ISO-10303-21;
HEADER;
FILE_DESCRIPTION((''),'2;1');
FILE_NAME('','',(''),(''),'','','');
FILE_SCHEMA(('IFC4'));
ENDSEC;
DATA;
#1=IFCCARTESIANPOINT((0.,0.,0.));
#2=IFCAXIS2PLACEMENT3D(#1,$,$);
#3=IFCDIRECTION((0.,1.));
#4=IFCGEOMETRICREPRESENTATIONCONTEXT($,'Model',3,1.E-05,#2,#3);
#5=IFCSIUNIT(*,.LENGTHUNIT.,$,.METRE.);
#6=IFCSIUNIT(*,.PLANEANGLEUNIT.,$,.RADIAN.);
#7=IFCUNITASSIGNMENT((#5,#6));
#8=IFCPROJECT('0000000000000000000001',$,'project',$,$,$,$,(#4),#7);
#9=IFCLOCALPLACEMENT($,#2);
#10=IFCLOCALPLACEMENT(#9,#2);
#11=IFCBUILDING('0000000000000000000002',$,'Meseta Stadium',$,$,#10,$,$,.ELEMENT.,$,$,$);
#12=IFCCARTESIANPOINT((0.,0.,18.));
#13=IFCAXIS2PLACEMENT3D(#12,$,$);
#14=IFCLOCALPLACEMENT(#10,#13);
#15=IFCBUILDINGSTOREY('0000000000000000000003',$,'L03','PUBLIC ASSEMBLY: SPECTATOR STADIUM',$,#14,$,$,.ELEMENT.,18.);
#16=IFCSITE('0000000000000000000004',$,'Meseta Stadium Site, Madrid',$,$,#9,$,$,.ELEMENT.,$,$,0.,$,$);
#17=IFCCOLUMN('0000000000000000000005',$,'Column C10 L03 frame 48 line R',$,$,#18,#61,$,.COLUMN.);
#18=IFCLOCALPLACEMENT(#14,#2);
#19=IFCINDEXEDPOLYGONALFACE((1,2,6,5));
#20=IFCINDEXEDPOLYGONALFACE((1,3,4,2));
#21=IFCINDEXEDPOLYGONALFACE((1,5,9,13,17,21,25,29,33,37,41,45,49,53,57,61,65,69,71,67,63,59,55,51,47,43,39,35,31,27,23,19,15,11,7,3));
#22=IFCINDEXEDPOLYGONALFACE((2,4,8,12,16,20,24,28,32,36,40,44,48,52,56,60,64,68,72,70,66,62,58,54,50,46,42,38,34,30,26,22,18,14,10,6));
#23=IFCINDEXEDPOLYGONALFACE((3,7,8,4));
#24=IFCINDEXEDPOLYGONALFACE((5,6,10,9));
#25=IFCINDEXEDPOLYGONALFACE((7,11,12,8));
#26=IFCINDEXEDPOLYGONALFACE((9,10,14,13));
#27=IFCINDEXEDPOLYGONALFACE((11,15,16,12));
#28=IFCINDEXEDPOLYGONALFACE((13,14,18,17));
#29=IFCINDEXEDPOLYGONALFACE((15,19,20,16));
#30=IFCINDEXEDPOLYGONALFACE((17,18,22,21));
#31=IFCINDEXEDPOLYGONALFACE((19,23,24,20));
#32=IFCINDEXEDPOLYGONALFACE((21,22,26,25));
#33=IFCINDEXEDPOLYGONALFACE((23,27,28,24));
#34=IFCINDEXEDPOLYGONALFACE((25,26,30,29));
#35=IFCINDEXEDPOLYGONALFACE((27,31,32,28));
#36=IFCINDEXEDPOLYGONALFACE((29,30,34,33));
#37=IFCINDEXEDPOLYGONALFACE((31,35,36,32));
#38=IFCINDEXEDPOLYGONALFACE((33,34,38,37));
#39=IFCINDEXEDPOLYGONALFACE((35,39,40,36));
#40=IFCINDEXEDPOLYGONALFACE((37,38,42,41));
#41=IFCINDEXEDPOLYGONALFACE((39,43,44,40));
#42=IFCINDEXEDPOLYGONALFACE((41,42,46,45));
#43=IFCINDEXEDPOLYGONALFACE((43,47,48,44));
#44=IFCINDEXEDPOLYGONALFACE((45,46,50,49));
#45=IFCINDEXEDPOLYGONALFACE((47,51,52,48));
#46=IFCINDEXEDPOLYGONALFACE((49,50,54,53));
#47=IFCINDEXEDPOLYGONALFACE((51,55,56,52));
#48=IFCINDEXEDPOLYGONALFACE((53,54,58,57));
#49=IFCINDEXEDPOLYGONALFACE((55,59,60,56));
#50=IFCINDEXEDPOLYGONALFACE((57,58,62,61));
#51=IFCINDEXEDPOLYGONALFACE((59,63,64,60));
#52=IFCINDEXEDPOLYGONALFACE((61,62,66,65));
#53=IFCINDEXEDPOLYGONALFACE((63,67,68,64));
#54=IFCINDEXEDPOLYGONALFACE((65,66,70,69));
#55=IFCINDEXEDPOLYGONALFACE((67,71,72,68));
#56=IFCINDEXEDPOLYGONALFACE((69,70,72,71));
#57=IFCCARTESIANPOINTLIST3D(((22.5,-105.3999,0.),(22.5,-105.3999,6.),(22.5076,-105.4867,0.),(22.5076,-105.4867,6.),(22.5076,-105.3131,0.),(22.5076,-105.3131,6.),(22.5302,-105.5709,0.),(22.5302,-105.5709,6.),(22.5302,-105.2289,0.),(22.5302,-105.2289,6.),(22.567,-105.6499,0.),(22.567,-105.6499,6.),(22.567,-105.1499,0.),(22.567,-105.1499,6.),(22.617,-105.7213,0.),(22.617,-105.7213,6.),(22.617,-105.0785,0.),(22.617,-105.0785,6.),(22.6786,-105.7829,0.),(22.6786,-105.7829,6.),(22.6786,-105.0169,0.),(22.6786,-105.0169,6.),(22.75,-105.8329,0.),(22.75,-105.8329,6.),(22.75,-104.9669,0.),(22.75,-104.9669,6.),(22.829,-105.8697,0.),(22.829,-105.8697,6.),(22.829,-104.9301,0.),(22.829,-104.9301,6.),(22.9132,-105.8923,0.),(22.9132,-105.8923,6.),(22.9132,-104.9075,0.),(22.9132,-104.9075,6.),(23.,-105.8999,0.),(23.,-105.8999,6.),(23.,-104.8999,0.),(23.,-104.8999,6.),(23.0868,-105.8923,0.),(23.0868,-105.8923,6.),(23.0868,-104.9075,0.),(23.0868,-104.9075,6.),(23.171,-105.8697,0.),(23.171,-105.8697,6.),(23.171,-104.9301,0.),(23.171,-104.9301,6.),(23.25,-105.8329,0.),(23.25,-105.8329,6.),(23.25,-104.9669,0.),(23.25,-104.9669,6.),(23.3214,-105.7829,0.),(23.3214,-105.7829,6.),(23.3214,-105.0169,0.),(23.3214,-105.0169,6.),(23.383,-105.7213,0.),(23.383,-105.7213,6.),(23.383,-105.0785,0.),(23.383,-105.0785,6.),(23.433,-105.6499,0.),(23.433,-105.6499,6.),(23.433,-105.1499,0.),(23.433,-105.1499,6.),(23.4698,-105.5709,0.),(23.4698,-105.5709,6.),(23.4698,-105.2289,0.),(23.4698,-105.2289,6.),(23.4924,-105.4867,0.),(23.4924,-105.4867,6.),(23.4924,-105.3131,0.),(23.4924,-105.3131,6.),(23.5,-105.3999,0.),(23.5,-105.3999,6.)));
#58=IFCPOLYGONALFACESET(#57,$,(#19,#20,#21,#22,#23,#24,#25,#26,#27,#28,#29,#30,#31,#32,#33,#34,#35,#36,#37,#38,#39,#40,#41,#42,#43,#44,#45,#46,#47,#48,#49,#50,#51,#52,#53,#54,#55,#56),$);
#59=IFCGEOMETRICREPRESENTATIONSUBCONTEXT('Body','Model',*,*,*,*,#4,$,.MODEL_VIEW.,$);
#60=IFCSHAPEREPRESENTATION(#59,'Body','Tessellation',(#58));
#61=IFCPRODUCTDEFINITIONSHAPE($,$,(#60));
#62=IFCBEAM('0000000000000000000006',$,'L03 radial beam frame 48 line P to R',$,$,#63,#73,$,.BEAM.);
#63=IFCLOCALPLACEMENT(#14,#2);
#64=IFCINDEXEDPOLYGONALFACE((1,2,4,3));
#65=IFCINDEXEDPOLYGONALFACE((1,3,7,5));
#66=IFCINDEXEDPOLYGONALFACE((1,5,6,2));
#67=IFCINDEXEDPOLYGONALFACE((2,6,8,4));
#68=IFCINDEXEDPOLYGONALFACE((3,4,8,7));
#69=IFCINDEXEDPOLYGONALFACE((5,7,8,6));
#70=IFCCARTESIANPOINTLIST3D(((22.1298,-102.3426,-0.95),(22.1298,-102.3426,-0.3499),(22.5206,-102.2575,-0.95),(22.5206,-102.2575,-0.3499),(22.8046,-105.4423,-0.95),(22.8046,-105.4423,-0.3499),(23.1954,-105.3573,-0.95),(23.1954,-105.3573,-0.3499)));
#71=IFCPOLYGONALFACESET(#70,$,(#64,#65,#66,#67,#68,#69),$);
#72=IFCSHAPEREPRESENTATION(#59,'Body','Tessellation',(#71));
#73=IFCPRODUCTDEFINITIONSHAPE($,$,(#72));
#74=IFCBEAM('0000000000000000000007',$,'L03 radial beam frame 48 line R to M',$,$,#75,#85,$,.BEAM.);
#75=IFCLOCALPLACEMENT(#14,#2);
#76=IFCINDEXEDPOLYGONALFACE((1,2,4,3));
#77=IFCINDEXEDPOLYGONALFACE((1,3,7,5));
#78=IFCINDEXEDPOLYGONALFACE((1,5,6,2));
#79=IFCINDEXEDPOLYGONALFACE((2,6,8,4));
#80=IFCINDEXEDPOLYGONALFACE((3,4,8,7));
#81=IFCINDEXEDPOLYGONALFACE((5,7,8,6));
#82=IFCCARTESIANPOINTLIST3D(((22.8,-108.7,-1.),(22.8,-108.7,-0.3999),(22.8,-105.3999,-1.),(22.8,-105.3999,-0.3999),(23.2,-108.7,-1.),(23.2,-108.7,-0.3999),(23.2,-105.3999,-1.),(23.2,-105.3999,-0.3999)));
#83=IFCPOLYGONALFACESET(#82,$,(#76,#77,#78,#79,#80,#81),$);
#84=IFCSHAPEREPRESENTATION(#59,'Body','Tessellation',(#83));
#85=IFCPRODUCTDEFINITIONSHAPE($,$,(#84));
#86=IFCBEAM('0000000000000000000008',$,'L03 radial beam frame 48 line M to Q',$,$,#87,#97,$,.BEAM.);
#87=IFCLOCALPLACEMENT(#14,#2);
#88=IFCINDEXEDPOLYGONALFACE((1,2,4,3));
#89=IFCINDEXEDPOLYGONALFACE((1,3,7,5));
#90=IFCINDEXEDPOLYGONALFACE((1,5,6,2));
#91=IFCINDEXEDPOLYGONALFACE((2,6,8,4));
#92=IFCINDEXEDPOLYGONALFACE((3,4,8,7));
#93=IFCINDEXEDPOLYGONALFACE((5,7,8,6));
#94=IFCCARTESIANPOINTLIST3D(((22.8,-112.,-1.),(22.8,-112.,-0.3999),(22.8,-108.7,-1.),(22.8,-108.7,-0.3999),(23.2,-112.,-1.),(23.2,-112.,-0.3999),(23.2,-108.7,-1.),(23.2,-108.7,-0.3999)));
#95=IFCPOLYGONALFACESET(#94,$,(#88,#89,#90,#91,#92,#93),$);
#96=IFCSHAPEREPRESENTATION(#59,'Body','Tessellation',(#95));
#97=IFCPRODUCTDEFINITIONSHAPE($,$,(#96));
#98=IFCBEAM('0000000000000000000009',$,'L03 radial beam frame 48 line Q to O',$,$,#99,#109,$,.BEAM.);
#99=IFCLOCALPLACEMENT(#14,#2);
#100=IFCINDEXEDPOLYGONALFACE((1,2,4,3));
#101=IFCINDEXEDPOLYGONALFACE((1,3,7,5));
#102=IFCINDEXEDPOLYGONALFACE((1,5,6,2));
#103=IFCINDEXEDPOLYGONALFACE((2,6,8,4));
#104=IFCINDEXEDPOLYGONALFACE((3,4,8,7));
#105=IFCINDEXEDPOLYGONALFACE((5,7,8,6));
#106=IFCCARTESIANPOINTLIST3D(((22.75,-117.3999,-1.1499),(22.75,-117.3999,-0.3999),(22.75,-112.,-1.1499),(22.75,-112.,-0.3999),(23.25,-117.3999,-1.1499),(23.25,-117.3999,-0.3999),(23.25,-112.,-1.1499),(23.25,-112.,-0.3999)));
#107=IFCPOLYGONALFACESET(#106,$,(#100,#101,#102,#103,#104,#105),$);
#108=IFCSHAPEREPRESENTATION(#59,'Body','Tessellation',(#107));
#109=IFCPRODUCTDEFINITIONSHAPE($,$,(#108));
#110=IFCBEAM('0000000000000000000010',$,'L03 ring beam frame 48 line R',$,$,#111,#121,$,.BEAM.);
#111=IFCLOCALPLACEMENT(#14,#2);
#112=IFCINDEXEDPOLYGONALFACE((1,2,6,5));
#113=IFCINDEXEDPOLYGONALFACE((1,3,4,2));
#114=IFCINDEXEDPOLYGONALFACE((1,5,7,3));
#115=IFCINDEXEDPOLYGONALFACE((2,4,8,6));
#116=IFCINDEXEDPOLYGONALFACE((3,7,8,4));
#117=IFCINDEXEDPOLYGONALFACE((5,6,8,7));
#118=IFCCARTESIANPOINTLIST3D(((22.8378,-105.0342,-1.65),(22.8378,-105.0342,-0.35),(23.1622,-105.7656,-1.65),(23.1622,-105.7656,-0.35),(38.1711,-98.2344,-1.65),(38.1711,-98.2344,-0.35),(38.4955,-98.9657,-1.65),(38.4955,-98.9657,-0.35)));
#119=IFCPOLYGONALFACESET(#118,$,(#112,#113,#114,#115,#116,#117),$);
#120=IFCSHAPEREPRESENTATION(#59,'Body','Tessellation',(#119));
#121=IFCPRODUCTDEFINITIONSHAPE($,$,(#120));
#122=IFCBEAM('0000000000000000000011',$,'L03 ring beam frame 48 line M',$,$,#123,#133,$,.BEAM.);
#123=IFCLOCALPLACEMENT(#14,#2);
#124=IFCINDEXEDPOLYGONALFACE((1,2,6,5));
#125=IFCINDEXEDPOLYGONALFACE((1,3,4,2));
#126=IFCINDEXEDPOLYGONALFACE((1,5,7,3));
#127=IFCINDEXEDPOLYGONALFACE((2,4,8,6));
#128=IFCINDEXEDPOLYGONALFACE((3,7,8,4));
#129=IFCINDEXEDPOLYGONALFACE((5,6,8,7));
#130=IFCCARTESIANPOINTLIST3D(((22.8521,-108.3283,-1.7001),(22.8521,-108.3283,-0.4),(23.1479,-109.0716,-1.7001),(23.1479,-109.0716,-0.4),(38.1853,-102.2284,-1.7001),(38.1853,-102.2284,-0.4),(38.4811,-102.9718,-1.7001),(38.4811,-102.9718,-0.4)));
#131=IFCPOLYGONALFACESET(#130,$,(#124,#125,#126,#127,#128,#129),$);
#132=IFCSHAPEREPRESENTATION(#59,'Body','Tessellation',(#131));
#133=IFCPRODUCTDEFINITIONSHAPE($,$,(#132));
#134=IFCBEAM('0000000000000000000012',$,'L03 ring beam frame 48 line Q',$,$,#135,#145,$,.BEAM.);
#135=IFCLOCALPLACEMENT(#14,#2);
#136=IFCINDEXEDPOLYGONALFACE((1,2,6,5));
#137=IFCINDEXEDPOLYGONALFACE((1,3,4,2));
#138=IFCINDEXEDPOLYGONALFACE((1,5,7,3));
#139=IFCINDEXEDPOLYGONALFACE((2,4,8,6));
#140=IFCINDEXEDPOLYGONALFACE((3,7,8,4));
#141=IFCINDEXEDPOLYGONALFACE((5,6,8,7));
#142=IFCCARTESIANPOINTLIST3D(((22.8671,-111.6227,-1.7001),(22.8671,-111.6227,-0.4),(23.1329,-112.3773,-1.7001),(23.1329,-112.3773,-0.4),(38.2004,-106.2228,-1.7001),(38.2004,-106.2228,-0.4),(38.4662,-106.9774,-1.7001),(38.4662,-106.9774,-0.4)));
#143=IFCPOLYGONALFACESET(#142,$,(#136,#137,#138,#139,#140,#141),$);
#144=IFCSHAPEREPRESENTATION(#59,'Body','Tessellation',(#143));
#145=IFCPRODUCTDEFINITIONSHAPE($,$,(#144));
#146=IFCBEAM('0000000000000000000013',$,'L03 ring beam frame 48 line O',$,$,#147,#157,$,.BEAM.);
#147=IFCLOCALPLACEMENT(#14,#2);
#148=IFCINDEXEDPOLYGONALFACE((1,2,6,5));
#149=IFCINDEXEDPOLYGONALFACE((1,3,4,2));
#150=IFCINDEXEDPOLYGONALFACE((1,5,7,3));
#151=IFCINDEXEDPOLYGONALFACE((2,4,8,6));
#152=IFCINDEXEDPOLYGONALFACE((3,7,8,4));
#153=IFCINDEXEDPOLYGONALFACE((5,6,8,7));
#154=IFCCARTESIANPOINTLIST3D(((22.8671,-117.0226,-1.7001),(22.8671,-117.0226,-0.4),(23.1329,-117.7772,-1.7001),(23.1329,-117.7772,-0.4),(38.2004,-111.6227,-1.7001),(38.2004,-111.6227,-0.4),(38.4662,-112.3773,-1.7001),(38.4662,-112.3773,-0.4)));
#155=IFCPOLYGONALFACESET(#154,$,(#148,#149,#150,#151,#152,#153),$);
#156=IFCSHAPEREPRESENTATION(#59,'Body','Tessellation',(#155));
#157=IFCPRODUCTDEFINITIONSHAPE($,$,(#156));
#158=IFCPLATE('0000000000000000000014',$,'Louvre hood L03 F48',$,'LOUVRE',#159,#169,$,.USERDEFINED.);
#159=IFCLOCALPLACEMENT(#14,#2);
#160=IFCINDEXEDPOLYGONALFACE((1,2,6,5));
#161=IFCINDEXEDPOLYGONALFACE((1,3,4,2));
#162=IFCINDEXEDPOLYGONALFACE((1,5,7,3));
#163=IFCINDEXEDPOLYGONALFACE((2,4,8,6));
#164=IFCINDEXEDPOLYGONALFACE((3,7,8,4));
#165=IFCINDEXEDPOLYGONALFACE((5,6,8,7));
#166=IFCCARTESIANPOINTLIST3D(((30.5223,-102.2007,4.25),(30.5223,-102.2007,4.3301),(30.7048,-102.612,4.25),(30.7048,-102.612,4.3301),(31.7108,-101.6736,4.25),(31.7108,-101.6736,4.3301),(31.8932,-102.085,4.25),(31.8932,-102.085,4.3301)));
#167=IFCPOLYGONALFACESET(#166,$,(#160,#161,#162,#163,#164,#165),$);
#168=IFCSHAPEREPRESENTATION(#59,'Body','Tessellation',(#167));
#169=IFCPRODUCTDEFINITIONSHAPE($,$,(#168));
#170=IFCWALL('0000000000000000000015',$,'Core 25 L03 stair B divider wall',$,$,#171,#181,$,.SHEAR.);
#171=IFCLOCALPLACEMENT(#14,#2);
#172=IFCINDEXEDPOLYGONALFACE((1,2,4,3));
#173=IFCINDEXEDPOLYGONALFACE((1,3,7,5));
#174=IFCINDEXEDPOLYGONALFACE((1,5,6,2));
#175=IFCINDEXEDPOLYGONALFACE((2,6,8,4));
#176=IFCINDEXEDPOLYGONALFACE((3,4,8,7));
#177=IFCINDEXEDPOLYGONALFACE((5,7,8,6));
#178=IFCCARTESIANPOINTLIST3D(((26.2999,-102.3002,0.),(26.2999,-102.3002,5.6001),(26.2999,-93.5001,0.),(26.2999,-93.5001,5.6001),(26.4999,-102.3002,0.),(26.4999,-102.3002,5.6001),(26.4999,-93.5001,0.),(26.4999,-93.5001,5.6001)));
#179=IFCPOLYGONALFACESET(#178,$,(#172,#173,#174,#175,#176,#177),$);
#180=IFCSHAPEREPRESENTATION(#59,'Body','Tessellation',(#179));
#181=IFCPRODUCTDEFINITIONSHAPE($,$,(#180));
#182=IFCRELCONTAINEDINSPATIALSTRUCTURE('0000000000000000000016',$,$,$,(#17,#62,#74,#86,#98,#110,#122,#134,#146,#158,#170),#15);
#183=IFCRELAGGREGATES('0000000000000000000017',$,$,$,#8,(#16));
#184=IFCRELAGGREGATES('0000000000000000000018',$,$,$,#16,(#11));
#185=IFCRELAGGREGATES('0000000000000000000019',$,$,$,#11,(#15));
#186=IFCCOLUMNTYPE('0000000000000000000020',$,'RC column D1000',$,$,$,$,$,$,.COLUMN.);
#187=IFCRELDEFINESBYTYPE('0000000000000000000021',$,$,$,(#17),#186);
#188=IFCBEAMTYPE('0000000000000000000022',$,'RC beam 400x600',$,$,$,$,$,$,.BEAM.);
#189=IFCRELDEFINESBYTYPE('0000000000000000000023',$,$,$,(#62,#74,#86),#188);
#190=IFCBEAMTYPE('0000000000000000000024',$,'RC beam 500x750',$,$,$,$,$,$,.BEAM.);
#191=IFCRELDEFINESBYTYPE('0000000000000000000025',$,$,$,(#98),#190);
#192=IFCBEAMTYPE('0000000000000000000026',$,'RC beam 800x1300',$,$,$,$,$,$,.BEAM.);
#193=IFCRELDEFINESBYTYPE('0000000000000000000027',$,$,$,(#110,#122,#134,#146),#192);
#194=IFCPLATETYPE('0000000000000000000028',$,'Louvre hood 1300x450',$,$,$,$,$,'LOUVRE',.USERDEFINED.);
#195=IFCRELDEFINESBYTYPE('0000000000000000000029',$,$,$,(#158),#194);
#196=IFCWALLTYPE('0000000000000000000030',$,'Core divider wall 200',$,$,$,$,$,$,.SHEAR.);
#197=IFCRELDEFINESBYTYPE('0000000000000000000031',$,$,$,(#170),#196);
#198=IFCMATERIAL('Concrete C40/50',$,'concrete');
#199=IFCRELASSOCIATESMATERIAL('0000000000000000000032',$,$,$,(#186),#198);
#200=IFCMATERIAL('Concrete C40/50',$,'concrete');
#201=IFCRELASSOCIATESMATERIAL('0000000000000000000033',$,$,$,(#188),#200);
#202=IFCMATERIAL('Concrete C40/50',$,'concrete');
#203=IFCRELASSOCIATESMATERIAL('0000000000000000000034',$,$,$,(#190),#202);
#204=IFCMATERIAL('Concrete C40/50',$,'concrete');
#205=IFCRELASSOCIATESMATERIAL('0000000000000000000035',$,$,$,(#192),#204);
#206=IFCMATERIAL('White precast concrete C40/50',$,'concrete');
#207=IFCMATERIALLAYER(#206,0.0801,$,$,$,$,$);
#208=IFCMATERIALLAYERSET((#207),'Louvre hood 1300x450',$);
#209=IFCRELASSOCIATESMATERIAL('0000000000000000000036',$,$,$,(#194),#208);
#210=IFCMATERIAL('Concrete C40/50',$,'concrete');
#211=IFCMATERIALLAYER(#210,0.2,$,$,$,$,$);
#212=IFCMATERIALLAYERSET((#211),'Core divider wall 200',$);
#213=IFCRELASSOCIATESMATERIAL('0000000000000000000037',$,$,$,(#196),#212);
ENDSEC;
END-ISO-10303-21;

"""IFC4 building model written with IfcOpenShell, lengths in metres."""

from ifc_helpers import new_model, si_unit, direction, frame, frame_2d, origin, origin_2d, place, context, subcontext, project, spatial, rectangle, circle, extrude, material, layer, layer_set, material_profile, profile_set, type_object, element, save


model = new_model("IFC4")

# Units and contexts
model_context = context("Model", 3, precision=1e-05, world=origin(), true_north=direction((0.0, 1.0)))
body_context = subcontext(model_context, "Body", "Model", "MODEL_VIEW")
ifc_project = project(units=[si_unit("LENGTHUNIT", "METRE"), si_unit("PLANEANGLEUNIT", "RADIAN")], contexts=[model_context])

# Site, building, storey
site_placement = place(None, origin())
site = spatial("IfcSite", under=ifc_project, at=site_placement, Name="Meseta Stadium Site, Madrid", CompositionType="ELEMENT", RefElevation=0.0)
building_placement = place(site_placement, origin())
building = spatial("IfcBuilding", under=site, at=building_placement, Name="Meseta Stadium", CompositionType="ELEMENT")
storey_placement = place(building_placement, frame((0.0, 0.0, 18.0)))
storey = spatial("IfcBuildingStorey", under=building, at=storey_placement, Name="L03", Description="PUBLIC ASSEMBLY: SPECTATOR STADIUM", CompositionType="ELEMENT", Elevation=18.0)

# Column
ifc_material_1 = material(Name="Concrete C40/50", Category="concrete")
ifc_material_profile_1 = material_profile(ifc_material_1, circle(Radius=0.5, at=origin_2d()), Name="RC D1000")
ifc_profile_set_1 = profile_set([ifc_material_profile_1], Name="Concrete C40/50")
column_type = type_object("IfcColumnType", Name="RC column D1000", PredefinedType="COLUMN", material=ifc_profile_set_1)
column_placement = place(storey_placement, frame((23.0, -105.3999, 0.0), z_axis=(0.0, 0.0, 1.0), x_axis=(1.0, 0.0, 0.0)))
element("IfcColumn", 1, at=column_placement, inside=storey, type_object=column_type, Name="Column C10 L03 frame 48 line R", PredefinedType="COLUMN", context=body_context, shape_type="SweptSolid", body=[
    extrude(circle(Radius=0.5, at=origin_2d()), origin(), (0.0, 0.0, 1.0), 6.0),
])

# Beams
ifc_material_2 = material(Name="Concrete C40/50", Category="concrete")
ifc_material_profile_2 = material_profile(ifc_material_2, rectangle(XDim=0.3999, YDim=0.6001, at=origin_2d()), Name="RC 400x600")
ifc_profile_set_2 = profile_set([ifc_material_profile_2], Name="Concrete C40/50")
beam_type_1 = type_object("IfcBeamType", Name="RC beam 400x600", PredefinedType="BEAM", material=ifc_profile_set_2)
beam_1_placement = place(storey_placement, frame((22.3252, -102.3, -0.6499), z_axis=(0.212708, -0.977116, 0.0), x_axis=(0.977116, 0.212708, 0.0)))
element("IfcBeam", 2, at=beam_1_placement, inside=storey, type_object=beam_type_1, Name="L03 radial beam frame 48 line P to R", PredefinedType="BEAM", context=body_context, shape_type="SweptSolid", body=[
    extrude(rectangle(XDim=0.3999, YDim=0.6001, at=origin_2d()), origin(), (0.0, 0.0, 1.0), 3.1724),
])
for number, where, z_axis, x_axis, name in (
    (3, (23.0, -105.3999, -0.7), (0.0, -1.0, 0.0), (1.0, 0.0, 0.0), "L03 radial beam frame 48 line R to M"),
    (4, (23.0, -108.7, -0.7), (0.0, -1.0, 0.0), (1.0, 0.0, 0.0), "L03 radial beam frame 48 line M to Q"),
):
    element("IfcBeam", number, at=place(storey_placement, frame(where, z_axis=z_axis, x_axis=x_axis)), inside=storey, type_object=beam_type_1, Name=name, PredefinedType="BEAM", context=body_context, shape_type="SweptSolid", body=[
        extrude(rectangle(XDim=0.3999, YDim=0.6001, at=origin_2d()), origin(), (0.0, 0.0, 1.0), 3.3),
    ])
ifc_material_3 = material(Name="Concrete C40/50", Category="concrete")
ifc_material_profile_3 = material_profile(ifc_material_3, rectangle(XDim=0.5, YDim=0.75, at=origin_2d()), Name="RC 500x750")
ifc_profile_set_3 = profile_set([ifc_material_profile_3], Name="Concrete C40/50")
beam_type_2 = type_object("IfcBeamType", Name="RC beam 500x750", PredefinedType="BEAM", material=ifc_profile_set_3)
beam_2_placement = place(storey_placement, frame((23.0, -112.0, -0.7749), z_axis=(0.0, -1.0, 0.0), x_axis=(1.0, 0.0, 0.0)))
element("IfcBeam", 5, at=beam_2_placement, inside=storey, type_object=beam_type_2, Name="L03 radial beam frame 48 line Q to O", PredefinedType="BEAM", context=body_context, shape_type="SweptSolid", body=[
    extrude(rectangle(XDim=0.5, YDim=0.75, at=origin_2d()), origin(), (0.0, 0.0, 1.0), 5.3999),
])
ifc_material_4 = material(Name="Concrete C40/50", Category="concrete")
ifc_material_profile_4 = material_profile(ifc_material_4, rectangle(XDim=0.8, YDim=1.3, at=origin_2d()), Name="RC 800x1300")
ifc_profile_set_4 = profile_set([ifc_material_profile_4], Name="Concrete C40/50")
beam_type_3 = type_object("IfcBeamType", Name="RC beam 800x1300", PredefinedType="BEAM", material=ifc_profile_set_4)
beam_3_placement = place(storey_placement, frame((23.0, -105.3999, -1.0), z_axis=(0.914143, 0.405393, 0.0), x_axis=(-0.405393, 0.914143, 0.0)))
element("IfcBeam", 6, at=beam_3_placement, inside=storey, type_object=beam_type_3, Name="L03 ring beam frame 48 line R", PredefinedType="BEAM", context=body_context, shape_type="SweptSolid", body=[
    extrude(rectangle(XDim=0.8, YDim=1.3, at=origin_2d()), origin(), (0.0, 0.0, 1.0), 16.7734),
])
beam_4_placement = place(storey_placement, frame((23.0, -108.7, -1.05), z_axis=(0.929174, 0.369643, 0.0), x_axis=(-0.369643, 0.929174, 0.0)))
element("IfcBeam", 7, at=beam_4_placement, inside=storey, type_object=beam_type_3, Name="L03 ring beam frame 48 line M", PredefinedType="BEAM", context=body_context, shape_type="SweptSolid", body=[
    extrude(rectangle(XDim=0.8, YDim=1.3, at=origin_2d()), origin(), (0.0, 0.0, 1.0), 16.502),
])
for number, where, z_axis, x_axis, name in (
    (8, (23.0, -112.0, -1.05), (0.943219, 0.332173, 0.0), (-0.332173, 0.943219, 0.0), "L03 ring beam frame 48 line Q"),
    (9, (23.0, -117.3999, -1.05), (0.943219, 0.332173, 0.0), (-0.332173, 0.943219, 0.0), "L03 ring beam frame 48 line O"),
):
    element("IfcBeam", number, at=place(storey_placement, frame(where, z_axis=z_axis, x_axis=x_axis)), inside=storey, type_object=beam_type_3, Name=name, PredefinedType="BEAM", context=body_context, shape_type="SweptSolid", body=[
        extrude(rectangle(XDim=0.8, YDim=1.3, at=origin_2d()), origin(), (0.0, 0.0, 1.0), 16.2563),
    ])

# Plate
ifc_material_5 = material(Name="White precast concrete C40/50", Category="concrete")
ifc_layer_1 = layer(ifc_material_5, 0.0801)
ifc_layer_set_1 = layer_set([ifc_layer_1], Name="Louvre hood 1300x450")
plate_type = type_object("IfcPlateType", Name="Louvre hood 1300x450", ElementType="LOUVRE", PredefinedType="USERDEFINED", material=ifc_layer_set_1)
plate_placement = place(storey_placement, frame((31.2078, -102.1428, 4.25), z_axis=(0.0, 0.0, 1.0), x_axis=(0.914139, 0.405401, 0.0)))
element("IfcPlate", 10, at=plate_placement, inside=storey, type_object=plate_type, Name="Louvre hood L03 F48", ObjectType="LOUVRE", PredefinedType="USERDEFINED", context=body_context, shape_type="SweptSolid", body=[
    extrude(rectangle(XDim=1.3, YDim=0.45, at=origin_2d()), origin(), (0.0, 0.0, 1.0), 0.0801),
])

# Wall
ifc_material_6 = material(Name="Concrete C40/50", Category="concrete")
ifc_layer_2 = layer(ifc_material_6, 0.2)
ifc_layer_set_2 = layer_set([ifc_layer_2], Name="Core divider wall 200")
wall_type_1 = type_object("IfcWallType", Name="Core divider wall 200", PredefinedType="SHEAR", material=ifc_layer_set_2)
wall_1_placement = place(storey_placement, frame((26.3999, -102.3, 0.0), z_axis=(0.0, 0.0, 1.0), x_axis=(0.0, 1.0, 0.0)))
element("IfcWall", 11, at=wall_1_placement, inside=storey, type_object=wall_type_1, Name="Core 25 L03 stair B divider wall", PredefinedType="SHEAR", context=body_context, shape_type="SweptSolid", body=[
    extrude(rectangle(XDim=8.8, YDim=0.2, at=frame_2d((4.3999, 0.0))), origin(), (0.0, 0.0, 1.0), 5.6001),
])

save(model, "model.ifc")
